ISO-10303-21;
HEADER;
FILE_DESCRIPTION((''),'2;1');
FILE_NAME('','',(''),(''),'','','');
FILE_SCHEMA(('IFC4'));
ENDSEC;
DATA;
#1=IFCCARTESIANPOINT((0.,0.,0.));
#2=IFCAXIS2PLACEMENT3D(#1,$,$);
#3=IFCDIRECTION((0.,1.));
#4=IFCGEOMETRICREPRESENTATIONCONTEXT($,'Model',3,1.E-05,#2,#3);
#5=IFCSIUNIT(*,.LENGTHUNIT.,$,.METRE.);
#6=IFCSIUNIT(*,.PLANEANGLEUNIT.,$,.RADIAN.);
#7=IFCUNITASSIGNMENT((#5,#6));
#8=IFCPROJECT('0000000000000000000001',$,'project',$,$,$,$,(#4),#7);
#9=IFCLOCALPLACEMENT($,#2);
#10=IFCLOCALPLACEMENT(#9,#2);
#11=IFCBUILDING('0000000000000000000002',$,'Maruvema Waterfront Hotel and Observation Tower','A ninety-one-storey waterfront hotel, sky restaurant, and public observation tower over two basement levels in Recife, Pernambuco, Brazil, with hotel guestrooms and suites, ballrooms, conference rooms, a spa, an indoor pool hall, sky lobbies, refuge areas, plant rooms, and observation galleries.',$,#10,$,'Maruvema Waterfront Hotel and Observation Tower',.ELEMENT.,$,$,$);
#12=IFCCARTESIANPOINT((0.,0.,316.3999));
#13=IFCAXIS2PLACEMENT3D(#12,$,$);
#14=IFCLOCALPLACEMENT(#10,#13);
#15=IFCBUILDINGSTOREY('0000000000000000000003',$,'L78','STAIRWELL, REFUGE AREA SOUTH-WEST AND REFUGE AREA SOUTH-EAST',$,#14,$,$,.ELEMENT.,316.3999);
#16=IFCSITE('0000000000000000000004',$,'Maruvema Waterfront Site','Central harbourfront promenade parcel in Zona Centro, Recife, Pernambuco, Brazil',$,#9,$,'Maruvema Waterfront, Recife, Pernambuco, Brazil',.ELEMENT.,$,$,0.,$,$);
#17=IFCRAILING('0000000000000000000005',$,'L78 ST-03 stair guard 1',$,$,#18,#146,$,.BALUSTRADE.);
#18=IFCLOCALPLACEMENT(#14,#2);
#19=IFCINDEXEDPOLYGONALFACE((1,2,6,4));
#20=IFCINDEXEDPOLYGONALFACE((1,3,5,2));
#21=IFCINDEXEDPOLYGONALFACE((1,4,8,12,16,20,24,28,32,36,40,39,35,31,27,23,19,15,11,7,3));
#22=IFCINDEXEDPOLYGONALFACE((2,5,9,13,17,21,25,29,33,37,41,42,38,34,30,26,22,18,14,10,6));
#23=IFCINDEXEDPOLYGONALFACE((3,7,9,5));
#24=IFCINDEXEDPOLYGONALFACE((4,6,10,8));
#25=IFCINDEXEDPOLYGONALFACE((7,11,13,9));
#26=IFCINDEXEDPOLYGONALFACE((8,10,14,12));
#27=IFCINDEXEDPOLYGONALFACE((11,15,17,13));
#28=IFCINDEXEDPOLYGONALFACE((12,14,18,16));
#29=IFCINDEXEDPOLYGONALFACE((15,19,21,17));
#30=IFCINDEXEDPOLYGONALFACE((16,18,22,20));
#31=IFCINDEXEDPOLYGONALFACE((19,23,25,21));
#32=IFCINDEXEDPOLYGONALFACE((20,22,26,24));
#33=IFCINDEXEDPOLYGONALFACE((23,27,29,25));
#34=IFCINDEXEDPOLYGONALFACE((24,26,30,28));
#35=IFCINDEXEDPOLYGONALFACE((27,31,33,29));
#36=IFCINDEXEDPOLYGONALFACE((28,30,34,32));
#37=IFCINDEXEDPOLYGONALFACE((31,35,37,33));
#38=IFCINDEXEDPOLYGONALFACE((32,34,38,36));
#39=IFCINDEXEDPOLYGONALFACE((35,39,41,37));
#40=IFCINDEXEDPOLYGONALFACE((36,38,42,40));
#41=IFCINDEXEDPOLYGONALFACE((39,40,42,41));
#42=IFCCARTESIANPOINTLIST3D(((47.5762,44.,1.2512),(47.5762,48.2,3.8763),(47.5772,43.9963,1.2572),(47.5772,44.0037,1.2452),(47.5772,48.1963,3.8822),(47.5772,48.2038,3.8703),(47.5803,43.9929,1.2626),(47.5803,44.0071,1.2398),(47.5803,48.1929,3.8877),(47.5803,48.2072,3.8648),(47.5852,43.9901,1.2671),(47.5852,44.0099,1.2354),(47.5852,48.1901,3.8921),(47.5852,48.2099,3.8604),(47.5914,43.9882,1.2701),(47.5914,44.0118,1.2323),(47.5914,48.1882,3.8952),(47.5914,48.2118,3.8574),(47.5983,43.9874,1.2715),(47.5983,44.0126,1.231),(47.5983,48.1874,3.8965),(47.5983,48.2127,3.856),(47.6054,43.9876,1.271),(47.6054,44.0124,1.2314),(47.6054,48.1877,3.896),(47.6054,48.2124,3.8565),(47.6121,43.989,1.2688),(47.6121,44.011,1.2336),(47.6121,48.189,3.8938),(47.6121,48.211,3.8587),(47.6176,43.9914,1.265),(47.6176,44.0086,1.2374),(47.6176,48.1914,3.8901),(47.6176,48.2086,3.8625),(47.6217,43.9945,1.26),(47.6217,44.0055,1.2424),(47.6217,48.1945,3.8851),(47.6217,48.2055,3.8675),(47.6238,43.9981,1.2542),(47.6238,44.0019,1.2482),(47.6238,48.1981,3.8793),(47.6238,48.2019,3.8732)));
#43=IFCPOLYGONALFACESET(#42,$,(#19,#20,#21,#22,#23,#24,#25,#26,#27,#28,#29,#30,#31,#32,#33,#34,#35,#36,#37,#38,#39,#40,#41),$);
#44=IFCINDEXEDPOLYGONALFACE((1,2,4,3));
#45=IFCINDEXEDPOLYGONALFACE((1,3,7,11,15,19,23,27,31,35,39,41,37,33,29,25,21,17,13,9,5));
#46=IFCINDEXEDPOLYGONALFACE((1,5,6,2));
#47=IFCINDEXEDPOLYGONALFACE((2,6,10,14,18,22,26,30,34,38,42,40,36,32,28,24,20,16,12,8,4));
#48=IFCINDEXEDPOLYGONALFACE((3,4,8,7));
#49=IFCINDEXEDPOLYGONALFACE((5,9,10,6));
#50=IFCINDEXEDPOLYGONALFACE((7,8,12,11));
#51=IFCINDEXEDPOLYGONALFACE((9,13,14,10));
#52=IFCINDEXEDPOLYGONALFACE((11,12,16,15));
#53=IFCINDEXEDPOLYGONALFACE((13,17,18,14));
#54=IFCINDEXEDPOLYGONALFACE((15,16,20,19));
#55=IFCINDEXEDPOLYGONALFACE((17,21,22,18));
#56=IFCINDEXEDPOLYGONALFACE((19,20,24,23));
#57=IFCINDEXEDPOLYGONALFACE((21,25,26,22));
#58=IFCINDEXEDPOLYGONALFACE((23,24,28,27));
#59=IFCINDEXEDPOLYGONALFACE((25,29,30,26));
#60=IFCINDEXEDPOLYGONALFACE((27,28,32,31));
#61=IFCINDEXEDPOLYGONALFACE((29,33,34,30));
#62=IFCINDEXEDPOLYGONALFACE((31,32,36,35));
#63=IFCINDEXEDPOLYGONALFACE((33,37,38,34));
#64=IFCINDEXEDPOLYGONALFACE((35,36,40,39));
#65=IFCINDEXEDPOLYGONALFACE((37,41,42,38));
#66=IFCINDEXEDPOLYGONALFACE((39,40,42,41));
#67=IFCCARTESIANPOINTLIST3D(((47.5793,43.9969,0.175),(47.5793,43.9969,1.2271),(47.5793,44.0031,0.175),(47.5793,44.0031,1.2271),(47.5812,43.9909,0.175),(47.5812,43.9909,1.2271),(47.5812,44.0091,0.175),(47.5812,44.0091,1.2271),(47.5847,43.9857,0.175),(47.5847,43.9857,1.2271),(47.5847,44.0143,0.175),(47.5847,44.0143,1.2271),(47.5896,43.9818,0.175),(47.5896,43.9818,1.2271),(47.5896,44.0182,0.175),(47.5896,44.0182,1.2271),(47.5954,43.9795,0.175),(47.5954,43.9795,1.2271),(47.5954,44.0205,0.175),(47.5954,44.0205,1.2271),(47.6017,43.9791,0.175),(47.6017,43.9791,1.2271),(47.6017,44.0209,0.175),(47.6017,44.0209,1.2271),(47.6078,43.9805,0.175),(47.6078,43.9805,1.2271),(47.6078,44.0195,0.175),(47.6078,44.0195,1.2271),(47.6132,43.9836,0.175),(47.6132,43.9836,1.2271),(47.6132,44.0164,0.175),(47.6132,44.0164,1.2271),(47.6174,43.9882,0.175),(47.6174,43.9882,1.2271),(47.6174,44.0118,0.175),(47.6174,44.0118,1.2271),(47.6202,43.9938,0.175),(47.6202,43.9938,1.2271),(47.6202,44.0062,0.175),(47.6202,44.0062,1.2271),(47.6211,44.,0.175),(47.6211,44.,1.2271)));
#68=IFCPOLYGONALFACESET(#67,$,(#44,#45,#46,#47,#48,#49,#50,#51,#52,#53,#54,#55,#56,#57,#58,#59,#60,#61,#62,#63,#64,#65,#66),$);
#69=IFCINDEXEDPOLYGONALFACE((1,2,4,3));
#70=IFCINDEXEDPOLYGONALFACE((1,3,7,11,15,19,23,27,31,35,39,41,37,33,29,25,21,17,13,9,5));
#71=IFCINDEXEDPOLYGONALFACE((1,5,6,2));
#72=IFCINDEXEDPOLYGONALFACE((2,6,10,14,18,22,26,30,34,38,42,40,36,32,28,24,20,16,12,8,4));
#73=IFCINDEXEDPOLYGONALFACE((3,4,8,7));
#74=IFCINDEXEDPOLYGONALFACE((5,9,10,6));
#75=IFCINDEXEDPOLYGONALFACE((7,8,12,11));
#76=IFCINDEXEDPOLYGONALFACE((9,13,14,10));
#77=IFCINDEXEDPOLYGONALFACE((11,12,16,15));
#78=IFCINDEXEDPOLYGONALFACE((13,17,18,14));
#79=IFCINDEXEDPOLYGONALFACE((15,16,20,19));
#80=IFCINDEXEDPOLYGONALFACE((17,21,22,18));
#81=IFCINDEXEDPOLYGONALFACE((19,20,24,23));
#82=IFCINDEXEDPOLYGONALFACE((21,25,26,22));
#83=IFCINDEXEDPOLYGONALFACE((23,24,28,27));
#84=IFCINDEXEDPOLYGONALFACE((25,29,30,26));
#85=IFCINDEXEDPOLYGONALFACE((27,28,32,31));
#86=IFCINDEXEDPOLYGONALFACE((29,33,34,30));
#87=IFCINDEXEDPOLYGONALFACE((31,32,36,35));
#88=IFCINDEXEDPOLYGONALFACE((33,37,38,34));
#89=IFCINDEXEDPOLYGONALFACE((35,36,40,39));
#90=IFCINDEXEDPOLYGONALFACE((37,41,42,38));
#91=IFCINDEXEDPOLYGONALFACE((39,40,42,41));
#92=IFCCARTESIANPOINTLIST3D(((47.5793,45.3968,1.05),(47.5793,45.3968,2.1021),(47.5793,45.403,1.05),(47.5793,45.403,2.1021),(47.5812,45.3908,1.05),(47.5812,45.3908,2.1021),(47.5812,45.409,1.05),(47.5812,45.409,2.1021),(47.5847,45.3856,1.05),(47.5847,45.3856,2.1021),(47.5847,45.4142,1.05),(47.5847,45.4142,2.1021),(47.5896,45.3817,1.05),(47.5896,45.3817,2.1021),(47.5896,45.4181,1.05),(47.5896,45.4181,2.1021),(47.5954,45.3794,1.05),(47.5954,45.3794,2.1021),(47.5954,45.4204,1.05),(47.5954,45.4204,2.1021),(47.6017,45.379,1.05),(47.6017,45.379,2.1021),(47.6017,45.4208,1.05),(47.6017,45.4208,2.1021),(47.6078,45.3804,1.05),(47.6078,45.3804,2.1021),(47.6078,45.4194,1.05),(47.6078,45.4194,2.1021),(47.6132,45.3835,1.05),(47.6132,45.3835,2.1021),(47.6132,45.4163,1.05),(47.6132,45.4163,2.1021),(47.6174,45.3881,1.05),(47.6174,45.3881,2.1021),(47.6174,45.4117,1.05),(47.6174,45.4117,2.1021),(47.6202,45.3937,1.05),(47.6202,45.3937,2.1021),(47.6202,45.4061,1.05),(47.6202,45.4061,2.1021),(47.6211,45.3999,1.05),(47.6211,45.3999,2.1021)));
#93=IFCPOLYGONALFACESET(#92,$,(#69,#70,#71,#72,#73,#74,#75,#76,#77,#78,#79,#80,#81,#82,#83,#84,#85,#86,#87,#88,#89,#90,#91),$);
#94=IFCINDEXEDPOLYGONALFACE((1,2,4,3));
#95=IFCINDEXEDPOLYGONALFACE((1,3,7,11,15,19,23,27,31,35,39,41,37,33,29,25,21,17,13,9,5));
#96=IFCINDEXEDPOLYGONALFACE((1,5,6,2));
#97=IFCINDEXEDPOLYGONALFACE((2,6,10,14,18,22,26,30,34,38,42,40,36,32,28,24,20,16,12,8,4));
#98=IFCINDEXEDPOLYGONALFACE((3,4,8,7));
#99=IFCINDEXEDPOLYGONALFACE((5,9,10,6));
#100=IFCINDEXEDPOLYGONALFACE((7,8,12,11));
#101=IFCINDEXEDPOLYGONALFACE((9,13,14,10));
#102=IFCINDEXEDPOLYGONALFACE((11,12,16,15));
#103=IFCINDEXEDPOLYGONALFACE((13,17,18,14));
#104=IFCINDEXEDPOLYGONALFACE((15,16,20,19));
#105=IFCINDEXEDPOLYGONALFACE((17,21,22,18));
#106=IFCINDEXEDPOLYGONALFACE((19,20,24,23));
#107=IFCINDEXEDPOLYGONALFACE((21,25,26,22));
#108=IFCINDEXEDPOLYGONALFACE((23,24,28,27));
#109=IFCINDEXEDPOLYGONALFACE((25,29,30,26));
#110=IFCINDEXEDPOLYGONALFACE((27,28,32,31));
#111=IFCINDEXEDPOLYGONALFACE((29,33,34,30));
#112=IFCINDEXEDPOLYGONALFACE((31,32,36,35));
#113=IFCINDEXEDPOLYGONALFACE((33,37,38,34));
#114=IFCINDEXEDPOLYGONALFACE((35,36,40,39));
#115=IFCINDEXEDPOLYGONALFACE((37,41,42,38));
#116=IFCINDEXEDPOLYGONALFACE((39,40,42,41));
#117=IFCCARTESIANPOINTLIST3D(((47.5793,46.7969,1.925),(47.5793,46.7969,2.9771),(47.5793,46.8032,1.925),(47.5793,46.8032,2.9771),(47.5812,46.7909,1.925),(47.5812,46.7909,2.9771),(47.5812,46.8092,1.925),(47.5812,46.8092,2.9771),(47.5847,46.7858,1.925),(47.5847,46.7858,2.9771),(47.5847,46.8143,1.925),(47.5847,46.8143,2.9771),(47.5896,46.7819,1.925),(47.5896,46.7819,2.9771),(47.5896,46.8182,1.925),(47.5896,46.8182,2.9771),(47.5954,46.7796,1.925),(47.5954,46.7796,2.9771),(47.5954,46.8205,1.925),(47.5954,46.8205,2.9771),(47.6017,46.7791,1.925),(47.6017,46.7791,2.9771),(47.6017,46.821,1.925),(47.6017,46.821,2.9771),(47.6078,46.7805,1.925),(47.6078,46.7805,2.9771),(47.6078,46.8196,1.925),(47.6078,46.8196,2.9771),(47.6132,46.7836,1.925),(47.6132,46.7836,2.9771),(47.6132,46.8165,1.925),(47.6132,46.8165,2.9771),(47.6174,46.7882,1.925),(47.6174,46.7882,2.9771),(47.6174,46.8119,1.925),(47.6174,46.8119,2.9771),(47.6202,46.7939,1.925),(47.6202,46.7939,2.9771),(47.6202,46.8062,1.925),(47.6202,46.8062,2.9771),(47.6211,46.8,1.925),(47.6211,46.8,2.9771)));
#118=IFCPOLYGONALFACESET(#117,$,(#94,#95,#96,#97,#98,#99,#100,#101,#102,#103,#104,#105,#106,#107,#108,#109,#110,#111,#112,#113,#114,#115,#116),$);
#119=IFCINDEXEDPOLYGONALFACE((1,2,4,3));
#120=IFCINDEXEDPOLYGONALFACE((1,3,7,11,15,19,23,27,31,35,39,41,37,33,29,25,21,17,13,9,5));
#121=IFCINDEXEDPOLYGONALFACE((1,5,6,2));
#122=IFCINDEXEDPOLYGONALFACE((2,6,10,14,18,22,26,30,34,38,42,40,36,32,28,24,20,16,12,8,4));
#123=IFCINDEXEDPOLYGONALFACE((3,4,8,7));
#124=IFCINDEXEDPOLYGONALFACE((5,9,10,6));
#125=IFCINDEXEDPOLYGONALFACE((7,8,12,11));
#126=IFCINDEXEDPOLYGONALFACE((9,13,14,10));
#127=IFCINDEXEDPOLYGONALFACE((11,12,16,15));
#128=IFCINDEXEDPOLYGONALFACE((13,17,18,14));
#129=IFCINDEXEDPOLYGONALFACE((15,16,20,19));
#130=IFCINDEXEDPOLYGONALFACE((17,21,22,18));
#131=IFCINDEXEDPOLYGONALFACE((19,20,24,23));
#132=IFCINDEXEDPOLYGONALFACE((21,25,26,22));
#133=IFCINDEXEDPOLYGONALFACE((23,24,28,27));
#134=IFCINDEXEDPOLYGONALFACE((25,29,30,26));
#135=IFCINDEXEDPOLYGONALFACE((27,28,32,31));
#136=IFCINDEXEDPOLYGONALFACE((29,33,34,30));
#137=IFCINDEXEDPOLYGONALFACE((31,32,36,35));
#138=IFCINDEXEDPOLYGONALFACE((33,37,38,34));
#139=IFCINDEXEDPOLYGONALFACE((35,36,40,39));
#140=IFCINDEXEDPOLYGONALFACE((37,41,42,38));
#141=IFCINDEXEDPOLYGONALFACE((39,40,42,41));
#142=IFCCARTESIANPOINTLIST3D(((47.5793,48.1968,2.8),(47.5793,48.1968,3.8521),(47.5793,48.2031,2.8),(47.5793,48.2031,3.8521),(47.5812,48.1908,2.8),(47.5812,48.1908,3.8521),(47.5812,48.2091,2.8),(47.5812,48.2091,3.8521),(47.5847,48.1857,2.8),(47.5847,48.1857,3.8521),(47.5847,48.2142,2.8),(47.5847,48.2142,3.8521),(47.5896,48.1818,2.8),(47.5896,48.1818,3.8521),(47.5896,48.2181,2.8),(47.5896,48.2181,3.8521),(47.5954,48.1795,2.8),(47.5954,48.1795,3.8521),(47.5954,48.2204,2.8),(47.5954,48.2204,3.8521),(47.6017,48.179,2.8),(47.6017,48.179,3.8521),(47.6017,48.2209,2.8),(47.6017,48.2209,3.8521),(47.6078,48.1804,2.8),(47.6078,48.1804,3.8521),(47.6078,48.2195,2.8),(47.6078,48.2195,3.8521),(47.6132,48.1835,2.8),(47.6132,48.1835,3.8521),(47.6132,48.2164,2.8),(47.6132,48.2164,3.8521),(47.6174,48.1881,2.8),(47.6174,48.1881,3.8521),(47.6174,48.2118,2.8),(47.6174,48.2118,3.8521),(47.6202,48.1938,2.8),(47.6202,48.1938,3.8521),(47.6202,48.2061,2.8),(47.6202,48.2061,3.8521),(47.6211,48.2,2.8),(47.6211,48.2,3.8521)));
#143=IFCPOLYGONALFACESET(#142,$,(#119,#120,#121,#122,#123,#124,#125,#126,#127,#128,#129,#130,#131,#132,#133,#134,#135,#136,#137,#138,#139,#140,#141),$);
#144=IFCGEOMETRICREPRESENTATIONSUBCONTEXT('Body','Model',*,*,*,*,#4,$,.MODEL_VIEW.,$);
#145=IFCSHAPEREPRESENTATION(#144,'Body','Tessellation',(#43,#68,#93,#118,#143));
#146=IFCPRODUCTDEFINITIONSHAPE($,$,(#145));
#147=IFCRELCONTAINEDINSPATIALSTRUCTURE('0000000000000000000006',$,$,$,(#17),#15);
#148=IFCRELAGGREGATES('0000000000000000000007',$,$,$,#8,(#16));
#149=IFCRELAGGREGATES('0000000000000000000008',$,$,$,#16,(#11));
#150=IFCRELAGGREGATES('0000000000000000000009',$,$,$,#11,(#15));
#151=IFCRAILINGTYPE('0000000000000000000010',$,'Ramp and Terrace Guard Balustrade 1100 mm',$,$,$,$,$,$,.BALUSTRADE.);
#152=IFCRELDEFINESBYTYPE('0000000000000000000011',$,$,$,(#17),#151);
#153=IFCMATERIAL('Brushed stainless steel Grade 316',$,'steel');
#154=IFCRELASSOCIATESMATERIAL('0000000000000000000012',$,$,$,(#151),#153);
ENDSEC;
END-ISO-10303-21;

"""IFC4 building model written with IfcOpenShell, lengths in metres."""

from ifc_helpers import new_model, si_unit, direction, frame, origin, origin_2d, place, context, subcontext, project, spatial, circle, extrude, material, type_object, element, save


model = new_model("IFC4")

# Units and contexts
model_context = context("Model", 3, precision=1e-05, world=origin(), true_north=direction((0.0, 1.0)))
body_context = subcontext(model_context, "Body", "Model", "MODEL_VIEW")
ifc_project = project(units=[si_unit("LENGTHUNIT", "METRE"), si_unit("PLANEANGLEUNIT", "RADIAN")], contexts=[model_context])

# Site, building, storey
site_placement = place(None, origin())
site = spatial("IfcSite", under=ifc_project, at=site_placement, Name="Maruvema Waterfront Site", Description="Central harbourfront promenade parcel in Zona Centro, Recife, Pernambuco, Brazil", LongName="Maruvema Waterfront, Recife, Pernambuco, Brazil", CompositionType="ELEMENT", RefElevation=0.0)
building_placement = place(site_placement, origin())
building = spatial("IfcBuilding", under=site, at=building_placement, Name="Maruvema Waterfront Hotel and Observation Tower", Description="A ninety-one-storey waterfront hotel, sky restaurant, and public observation tower over two basement levels in Recife, Pernambuco, Brazil, with hotel guestrooms and suites, ballrooms, conference rooms, a spa, an indoor pool hall, sky lobbies, refuge areas, plant rooms, and observation galleries.", LongName="Maruvema Waterfront Hotel and Observation Tower", CompositionType="ELEMENT")
storey_placement = place(building_placement, frame((0.0, 0.0, 316.3999)))
storey = spatial("IfcBuildingStorey", under=building, at=storey_placement, Name="L78", Description="STAIRWELL, REFUGE AREA SOUTH-WEST AND REFUGE AREA SOUTH-EAST", CompositionType="ELEMENT", Elevation=316.3999)

# Railing
ifc_material_1 = material(Name="Brushed stainless steel Grade 316", Category="steel")
railing_type_1 = type_object("IfcRailingType", Name="Ramp and Terrace Guard Balustrade 1100 mm", PredefinedType="BALUSTRADE", material=ifc_material_1)
railing_1_placement = place(storey_placement, frame((47.6001, 44.0, 0.175)))
element("IfcRailing", 1, at=railing_1_placement, inside=storey, type_object=railing_type_1, Name="L78 ST-03 stair guard 1", PredefinedType="BALUSTRADE", context=body_context, shape_type="SweptSolid", body=[
    extrude(circle(Radius=0.0239, at=origin_2d()), frame((0.0, 0.0, 1.0762), z_axis=(0.0, 0.847996, 0.530003), x_axis=(-1.0, 0.0, 0.0)), (0.0, 0.0, 1.0), 4.9529),
    extrude(circle(Radius=0.021, at=origin_2d()), origin(), (0.0, 0.0, 1.0), 1.052),
    extrude(circle(Radius=0.021, at=origin_2d()), frame((0.0, 1.3999, 0.875)), (0.0, 0.0, 1.0), 1.052),
    extrude(circle(Radius=0.021, at=origin_2d()), frame((0.0, 2.8, 1.75)), (0.0, 0.0, 1.0), 1.052),
    extrude(circle(Radius=0.021, at=origin_2d()), frame((0.0, 4.2, 2.625)), (0.0, 0.0, 1.0), 1.052),
])

save(model, "model.ifc")
